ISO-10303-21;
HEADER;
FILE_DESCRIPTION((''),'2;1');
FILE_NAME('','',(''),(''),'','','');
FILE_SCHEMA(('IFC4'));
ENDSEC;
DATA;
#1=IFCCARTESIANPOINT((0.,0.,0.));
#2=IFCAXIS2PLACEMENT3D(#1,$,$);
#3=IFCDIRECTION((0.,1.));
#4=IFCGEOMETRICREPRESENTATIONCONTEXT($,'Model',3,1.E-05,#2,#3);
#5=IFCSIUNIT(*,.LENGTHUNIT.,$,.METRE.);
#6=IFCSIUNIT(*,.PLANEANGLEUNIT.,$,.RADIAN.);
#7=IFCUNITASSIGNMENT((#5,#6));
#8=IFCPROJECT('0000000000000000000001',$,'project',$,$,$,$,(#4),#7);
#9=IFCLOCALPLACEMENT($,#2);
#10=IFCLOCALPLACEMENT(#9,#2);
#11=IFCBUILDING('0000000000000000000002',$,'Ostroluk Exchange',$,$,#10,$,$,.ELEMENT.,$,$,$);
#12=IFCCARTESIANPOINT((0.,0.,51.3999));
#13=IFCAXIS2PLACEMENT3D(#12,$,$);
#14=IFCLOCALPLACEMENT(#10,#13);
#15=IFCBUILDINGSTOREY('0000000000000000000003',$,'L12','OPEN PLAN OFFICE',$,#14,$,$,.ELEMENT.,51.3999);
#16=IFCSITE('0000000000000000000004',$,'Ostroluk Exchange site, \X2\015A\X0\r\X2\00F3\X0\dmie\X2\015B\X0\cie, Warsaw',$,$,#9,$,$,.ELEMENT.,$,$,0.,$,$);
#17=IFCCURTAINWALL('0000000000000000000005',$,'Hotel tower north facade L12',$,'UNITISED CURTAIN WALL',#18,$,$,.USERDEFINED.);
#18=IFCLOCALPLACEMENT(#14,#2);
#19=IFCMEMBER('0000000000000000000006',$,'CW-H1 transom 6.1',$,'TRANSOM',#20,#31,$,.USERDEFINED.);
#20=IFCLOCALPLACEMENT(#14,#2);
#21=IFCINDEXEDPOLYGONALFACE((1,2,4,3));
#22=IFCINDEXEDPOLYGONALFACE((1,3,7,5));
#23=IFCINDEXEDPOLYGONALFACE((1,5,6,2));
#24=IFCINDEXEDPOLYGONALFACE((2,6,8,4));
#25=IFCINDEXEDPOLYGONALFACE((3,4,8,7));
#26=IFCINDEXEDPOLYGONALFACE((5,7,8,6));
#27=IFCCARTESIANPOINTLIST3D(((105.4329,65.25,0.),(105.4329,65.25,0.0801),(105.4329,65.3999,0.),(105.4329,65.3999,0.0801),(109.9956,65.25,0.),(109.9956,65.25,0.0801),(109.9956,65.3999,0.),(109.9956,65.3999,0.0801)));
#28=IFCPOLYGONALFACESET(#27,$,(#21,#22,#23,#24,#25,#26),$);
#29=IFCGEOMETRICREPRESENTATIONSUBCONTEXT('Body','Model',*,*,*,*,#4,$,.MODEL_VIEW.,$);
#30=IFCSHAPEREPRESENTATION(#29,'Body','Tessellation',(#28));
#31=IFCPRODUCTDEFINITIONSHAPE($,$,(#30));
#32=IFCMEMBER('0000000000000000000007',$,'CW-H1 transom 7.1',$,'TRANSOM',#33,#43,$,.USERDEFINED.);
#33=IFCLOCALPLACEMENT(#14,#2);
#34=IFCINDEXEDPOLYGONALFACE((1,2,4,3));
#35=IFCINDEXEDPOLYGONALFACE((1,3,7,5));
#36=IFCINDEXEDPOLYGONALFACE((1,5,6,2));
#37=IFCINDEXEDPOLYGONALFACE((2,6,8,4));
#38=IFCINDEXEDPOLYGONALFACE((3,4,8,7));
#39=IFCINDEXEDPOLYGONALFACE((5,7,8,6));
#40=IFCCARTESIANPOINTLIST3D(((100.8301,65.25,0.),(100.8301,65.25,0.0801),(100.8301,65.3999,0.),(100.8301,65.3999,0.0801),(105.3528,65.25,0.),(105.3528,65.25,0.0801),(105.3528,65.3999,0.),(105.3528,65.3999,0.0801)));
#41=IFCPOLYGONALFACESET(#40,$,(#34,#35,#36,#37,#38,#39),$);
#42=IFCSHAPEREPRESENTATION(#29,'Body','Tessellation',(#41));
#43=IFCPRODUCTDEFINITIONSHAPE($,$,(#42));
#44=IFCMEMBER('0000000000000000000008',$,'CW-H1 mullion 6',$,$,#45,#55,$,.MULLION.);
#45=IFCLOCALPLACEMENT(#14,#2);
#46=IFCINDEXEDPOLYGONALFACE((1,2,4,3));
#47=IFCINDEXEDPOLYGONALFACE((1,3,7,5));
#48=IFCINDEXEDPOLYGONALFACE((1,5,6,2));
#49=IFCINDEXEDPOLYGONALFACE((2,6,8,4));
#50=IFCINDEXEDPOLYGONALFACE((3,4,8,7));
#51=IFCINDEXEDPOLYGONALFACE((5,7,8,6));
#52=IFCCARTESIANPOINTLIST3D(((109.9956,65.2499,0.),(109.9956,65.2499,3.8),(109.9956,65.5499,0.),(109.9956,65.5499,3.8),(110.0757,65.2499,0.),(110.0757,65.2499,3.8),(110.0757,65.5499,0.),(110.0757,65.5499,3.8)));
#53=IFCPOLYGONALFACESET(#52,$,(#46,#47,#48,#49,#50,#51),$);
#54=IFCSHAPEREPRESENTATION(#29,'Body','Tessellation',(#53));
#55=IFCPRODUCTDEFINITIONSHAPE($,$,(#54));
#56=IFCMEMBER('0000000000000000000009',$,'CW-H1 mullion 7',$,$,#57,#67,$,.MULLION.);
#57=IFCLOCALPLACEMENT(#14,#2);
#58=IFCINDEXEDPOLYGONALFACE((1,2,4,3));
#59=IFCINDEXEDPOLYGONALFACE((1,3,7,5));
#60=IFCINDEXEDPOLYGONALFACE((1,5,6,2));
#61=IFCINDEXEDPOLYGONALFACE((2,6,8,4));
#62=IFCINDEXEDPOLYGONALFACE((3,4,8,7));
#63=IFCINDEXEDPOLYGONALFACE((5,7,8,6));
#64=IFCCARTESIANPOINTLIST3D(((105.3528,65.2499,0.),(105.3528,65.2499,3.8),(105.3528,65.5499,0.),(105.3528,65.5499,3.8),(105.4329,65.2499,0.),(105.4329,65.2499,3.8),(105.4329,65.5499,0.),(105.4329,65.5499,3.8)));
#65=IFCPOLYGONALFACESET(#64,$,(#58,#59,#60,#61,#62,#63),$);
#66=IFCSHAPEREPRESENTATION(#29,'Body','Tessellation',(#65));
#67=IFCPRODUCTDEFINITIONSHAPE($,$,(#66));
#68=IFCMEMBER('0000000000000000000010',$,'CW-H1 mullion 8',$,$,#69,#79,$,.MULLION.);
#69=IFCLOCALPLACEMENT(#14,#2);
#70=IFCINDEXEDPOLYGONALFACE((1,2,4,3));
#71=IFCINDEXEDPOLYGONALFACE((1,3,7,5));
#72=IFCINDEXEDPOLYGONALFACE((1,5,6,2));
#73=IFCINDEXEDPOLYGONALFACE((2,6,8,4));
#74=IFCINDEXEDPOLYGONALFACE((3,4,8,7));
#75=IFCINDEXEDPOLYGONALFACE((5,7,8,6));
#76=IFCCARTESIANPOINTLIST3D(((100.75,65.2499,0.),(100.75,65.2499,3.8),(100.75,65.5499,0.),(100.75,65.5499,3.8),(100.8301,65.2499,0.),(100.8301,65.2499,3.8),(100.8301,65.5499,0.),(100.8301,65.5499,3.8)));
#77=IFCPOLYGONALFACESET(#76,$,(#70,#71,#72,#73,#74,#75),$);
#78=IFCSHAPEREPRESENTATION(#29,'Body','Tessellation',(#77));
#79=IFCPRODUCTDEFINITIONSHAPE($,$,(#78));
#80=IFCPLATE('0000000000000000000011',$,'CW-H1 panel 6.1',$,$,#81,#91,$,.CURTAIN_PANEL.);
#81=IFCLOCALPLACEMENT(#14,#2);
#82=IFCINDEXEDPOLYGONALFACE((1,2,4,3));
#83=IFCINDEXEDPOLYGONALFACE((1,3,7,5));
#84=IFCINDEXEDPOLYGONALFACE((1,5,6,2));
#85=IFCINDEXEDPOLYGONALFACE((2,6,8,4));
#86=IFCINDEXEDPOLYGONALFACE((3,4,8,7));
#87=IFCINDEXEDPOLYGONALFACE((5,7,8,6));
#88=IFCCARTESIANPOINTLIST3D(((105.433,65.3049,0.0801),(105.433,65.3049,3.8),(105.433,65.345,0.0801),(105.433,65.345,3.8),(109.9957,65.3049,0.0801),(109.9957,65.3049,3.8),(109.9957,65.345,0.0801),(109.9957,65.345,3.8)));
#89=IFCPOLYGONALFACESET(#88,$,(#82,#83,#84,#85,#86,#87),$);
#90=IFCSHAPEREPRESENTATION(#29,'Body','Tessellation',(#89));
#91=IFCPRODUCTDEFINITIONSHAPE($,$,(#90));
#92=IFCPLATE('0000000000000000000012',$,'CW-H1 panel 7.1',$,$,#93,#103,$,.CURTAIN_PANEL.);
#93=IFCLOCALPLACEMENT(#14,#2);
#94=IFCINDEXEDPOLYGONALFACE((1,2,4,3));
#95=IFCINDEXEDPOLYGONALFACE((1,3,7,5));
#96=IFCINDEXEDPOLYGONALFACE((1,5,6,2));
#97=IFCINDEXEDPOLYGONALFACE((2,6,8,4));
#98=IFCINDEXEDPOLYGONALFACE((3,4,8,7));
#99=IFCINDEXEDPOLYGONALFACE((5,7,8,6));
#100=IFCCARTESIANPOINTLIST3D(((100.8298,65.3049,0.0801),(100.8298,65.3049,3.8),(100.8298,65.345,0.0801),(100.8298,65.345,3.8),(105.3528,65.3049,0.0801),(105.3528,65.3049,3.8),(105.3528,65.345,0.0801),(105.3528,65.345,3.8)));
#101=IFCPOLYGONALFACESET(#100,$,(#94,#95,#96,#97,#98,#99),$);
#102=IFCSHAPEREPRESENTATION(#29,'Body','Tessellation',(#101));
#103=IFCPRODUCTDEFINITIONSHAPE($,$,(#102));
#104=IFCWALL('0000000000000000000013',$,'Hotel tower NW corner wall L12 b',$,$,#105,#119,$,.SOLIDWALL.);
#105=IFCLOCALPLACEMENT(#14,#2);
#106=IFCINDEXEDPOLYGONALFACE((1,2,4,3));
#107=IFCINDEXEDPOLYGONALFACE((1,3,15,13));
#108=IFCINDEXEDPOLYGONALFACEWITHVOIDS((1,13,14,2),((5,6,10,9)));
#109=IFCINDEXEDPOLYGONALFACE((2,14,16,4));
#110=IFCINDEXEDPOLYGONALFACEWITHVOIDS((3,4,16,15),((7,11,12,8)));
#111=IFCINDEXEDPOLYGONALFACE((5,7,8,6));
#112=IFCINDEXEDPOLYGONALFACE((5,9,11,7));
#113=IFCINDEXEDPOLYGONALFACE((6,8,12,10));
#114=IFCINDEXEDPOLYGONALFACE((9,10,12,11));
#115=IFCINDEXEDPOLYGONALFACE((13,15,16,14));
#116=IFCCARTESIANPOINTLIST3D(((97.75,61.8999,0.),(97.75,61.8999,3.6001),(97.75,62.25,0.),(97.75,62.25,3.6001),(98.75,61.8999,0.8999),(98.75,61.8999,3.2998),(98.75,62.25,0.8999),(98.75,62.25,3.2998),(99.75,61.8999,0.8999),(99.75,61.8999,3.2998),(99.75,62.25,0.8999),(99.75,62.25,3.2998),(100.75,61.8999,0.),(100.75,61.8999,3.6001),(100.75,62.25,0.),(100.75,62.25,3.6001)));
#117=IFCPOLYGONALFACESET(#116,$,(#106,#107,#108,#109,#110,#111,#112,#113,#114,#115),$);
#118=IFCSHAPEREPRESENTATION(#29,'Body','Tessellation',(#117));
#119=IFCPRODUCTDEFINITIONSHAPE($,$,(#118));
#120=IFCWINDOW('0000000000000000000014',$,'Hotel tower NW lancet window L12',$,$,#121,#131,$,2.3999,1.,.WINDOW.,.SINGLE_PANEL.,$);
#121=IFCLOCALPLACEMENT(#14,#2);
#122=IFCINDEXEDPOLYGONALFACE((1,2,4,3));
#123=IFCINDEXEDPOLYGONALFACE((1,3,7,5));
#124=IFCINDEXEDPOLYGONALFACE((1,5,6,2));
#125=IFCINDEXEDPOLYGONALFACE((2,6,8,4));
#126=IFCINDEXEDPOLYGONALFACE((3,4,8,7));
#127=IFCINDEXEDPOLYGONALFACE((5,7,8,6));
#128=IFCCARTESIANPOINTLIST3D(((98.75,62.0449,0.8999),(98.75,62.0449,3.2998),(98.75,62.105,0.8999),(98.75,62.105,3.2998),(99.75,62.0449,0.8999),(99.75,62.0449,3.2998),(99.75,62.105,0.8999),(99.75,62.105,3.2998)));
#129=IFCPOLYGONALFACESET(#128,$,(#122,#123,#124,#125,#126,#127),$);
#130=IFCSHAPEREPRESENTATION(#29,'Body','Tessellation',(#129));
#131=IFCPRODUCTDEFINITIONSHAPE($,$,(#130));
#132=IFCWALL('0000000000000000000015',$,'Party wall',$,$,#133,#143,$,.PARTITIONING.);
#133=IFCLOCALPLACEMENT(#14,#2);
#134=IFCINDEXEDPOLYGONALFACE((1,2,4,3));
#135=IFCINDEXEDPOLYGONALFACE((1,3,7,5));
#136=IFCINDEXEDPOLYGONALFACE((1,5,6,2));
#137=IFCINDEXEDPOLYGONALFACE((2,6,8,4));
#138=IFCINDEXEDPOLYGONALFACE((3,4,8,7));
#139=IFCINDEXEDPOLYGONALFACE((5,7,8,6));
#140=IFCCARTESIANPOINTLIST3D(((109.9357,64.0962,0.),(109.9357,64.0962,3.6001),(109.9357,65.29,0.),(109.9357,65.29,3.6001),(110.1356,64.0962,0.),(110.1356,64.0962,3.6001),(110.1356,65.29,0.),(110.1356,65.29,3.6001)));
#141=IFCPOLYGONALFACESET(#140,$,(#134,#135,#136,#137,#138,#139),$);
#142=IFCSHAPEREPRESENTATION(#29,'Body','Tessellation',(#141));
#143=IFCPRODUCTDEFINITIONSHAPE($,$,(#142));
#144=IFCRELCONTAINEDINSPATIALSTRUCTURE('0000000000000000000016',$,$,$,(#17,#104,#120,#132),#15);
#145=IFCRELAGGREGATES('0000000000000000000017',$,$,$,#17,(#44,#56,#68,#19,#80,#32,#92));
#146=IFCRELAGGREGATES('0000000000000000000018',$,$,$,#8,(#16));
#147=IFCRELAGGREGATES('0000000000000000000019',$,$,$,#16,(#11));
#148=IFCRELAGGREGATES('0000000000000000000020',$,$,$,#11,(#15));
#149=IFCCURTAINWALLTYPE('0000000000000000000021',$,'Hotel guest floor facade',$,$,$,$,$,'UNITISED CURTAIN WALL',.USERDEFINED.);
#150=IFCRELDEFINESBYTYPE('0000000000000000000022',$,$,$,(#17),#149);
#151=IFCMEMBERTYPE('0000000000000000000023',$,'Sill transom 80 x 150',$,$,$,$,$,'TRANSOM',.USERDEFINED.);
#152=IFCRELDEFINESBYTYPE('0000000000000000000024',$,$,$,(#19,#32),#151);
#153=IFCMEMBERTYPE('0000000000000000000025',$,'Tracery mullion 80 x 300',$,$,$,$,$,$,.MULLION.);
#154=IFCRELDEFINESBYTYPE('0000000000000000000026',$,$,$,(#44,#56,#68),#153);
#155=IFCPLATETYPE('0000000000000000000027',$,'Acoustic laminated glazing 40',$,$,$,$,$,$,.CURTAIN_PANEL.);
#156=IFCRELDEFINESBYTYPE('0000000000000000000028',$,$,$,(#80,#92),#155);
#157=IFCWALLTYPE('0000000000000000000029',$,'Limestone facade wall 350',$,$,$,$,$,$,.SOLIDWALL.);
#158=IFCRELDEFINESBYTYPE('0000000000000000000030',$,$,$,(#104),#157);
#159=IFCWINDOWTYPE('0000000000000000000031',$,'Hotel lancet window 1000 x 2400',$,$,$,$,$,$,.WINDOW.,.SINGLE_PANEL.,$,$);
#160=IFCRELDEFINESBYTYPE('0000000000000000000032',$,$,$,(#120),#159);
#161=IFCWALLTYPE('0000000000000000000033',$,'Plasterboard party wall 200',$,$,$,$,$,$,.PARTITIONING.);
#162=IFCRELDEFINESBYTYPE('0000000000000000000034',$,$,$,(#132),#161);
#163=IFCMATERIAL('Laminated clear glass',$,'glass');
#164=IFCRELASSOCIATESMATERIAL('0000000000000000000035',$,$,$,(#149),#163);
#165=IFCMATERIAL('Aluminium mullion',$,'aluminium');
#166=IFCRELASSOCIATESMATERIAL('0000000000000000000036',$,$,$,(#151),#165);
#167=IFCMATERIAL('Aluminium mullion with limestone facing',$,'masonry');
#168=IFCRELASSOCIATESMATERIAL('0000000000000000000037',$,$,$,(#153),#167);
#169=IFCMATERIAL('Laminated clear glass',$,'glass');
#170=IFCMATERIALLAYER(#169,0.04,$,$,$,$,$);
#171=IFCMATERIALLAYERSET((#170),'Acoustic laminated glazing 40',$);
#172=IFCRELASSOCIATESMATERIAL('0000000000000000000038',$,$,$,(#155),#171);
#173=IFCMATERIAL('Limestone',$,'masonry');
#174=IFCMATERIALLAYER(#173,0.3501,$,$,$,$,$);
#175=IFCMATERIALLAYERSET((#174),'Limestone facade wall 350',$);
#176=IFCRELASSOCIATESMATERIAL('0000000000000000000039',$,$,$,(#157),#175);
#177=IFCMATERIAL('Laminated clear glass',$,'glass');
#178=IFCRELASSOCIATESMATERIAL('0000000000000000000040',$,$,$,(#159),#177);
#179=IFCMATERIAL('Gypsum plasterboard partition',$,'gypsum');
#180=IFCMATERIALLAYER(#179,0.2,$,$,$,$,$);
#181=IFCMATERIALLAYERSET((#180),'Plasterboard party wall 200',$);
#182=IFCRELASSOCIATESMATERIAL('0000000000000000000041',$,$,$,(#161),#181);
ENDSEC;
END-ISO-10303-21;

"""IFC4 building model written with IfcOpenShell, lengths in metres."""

from ifc_helpers import new_model, si_unit, direction, frame, frame_2d, origin, origin_2d, place, context, subcontext, project, spatial, rectangle, extrude, material, layer, layer_set, material_profile, profile_set, type_object, element, fill, aggregate, save


model = new_model("IFC4")

# Units and contexts
model_context = context("Model", 3, precision=1e-05, world=origin(), true_north=direction((0.0, 1.0)))
body_context = subcontext(model_context, "Body", "Model", "MODEL_VIEW")
ifc_project = project(units=[si_unit("LENGTHUNIT", "METRE"), si_unit("PLANEANGLEUNIT", "RADIAN")], contexts=[model_context])

# Site, building, storey
site_placement = place(None, origin())
site = spatial("IfcSite", under=ifc_project, at=site_placement, Name="Ostroluk Exchange site, Śródmieście, Warsaw", CompositionType="ELEMENT", RefElevation=0.0)
building_placement = place(site_placement, origin())
building = spatial("IfcBuilding", under=site, at=building_placement, Name="Ostroluk Exchange", CompositionType="ELEMENT")
storey_placement = place(building_placement, frame((0.0, 0.0, 51.3999)))
storey = spatial("IfcBuildingStorey", under=building, at=storey_placement, Name="L12", Description="OPEN PLAN OFFICE", CompositionType="ELEMENT", Elevation=51.3999)

# Curtain wall, members, plates
ifc_material_1 = material(Name="Laminated clear glass", Category="glass")
curtain_wall_type = type_object("IfcCurtainWallType", Name="Hotel guest floor facade", ElementType="UNITISED CURTAIN WALL", PredefinedType="USERDEFINED", material=ifc_material_1)
curtain_wall_placement = place(storey_placement, origin())
curtain_wall = element("IfcCurtainWall", 1, at=curtain_wall_placement, inside=storey, type_object=curtain_wall_type, Name="Hotel tower north facade L12", ObjectType="UNITISED CURTAIN WALL", PredefinedType="USERDEFINED")
ifc_material_2 = material(Name="Aluminium mullion", Category="aluminium")
ifc_material_profile_1 = material_profile(ifc_material_2, rectangle(XDim=0.1499, YDim=0.0801, at=origin_2d()), Name="Sill transom 80 x 150")
ifc_profile_set_1 = profile_set([ifc_material_profile_1], Name="Aluminium mullion")
member_type_1 = type_object("IfcMemberType", Name="Sill transom 80 x 150", ElementType="TRANSOM", PredefinedType="USERDEFINED", material=ifc_profile_set_1)
member_1_placement = place(storey_placement, frame((109.9956, 65.325, 0.04), z_axis=(-1.0, 0.0, 0.0), x_axis=(0.0, -1.0, 0.0)))
member_1 = element("IfcMember", 2, at=member_1_placement, type_object=member_type_1, Name="CW-H1 transom 6.1", ObjectType="TRANSOM", PredefinedType="USERDEFINED", context=body_context, shape_type="SweptSolid", body=[
    extrude(rectangle(XDim=0.1499, YDim=0.0801, at=origin_2d()), origin(), (0.0, 0.0, 1.0), 4.5627),
])
member_2_placement = place(storey_placement, frame((105.3528, 65.325, 0.04), z_axis=(-1.0, 0.0, 0.0), x_axis=(0.0, -1.0, 0.0)))
member_2 = element("IfcMember", 3, at=member_2_placement, type_object=member_type_1, Name="CW-H1 transom 7.1", ObjectType="TRANSOM", PredefinedType="USERDEFINED", context=body_context, shape_type="SweptSolid", body=[
    extrude(rectangle(XDim=0.1499, YDim=0.0801, at=origin_2d()), origin(), (0.0, 0.0, 1.0), 4.5227),
])
ifc_material_3 = material(Name="Aluminium mullion with limestone facing", Category="masonry")
ifc_material_profile_2 = material_profile(ifc_material_3, rectangle(XDim=0.3, YDim=0.0801, at=origin_2d()), Name="Tracery mullion 80 x 300")
ifc_profile_set_2 = profile_set([ifc_material_profile_2], Name="Aluminium mullion with limestone facing")
member_type_2 = type_object("IfcMemberType", Name="Tracery mullion 80 x 300", PredefinedType="MULLION", material=ifc_profile_set_2)
member_3_placement = place(storey_placement, frame((110.0356, 65.3999, 0.0), z_axis=(0.0, 0.0, 1.0), x_axis=(0.0, -1.0, 0.0)))
member_3 = element("IfcMember", 4, at=member_3_placement, type_object=member_type_2, Name="CW-H1 mullion 6", PredefinedType="MULLION", context=body_context, shape_type="SweptSolid", body=[
    extrude(rectangle(XDim=0.3, YDim=0.0801, at=origin_2d()), origin(), (0.0, 0.0, 1.0), 3.8),
])
member_4_placement = place(storey_placement, frame((105.3928, 65.3999, 0.0), z_axis=(0.0, 0.0, 1.0), x_axis=(0.0, -1.0, 0.0)))
member_4 = element("IfcMember", 5, at=member_4_placement, type_object=member_type_2, Name="CW-H1 mullion 7", PredefinedType="MULLION", context=body_context, shape_type="SweptSolid", body=[
    extrude(rectangle(XDim=0.3, YDim=0.0801, at=origin_2d()), origin(), (0.0, 0.0, 1.0), 3.8),
])
member_5_placement = place(storey_placement, frame((100.79, 65.3999, 0.0), z_axis=(0.0, 0.0, 1.0), x_axis=(0.0, -1.0, 0.0)))
member_5 = element("IfcMember", 6, at=member_5_placement, type_object=member_type_2, Name="CW-H1 mullion 8", PredefinedType="MULLION", context=body_context, shape_type="SweptSolid", body=[
    extrude(rectangle(XDim=0.3, YDim=0.0801, at=origin_2d()), origin(), (0.0, 0.0, 1.0), 3.8),
])
ifc_material_4 = material(Name="Laminated clear glass", Category="glass")
ifc_layer_1 = layer(ifc_material_4, 0.04)
ifc_layer_set_1 = layer_set([ifc_layer_1], Name="Acoustic laminated glazing 40")
plate_type = type_object("IfcPlateType", Name="Acoustic laminated glazing 40", PredefinedType="CURTAIN_PANEL", material=ifc_layer_set_1)
plate_1_placement = place(storey_placement, frame((107.7144, 65.325, 0.0801), z_axis=(0.0, 0.0, 1.0), x_axis=(-1.0, 0.0, 0.0)))
plate_1 = element("IfcPlate", 7, at=plate_1_placement, type_object=plate_type, Name="CW-H1 panel 6.1", PredefinedType="CURTAIN_PANEL", context=body_context, shape_type="SweptSolid", body=[
    extrude(rectangle(XDim=4.5627, YDim=0.04, at=origin_2d()), origin(), (0.0, 0.0, 1.0), 3.72),
])
plate_2_placement = place(storey_placement, frame((103.0913, 65.325, 0.0801), z_axis=(0.0, 0.0, 1.0), x_axis=(-1.0, 0.0, 0.0)))
plate_2 = element("IfcPlate", 8, at=plate_2_placement, type_object=plate_type, Name="CW-H1 panel 7.1", PredefinedType="CURTAIN_PANEL", context=body_context, shape_type="SweptSolid", body=[
    extrude(rectangle(XDim=4.5229, YDim=0.04, at=origin_2d()), origin(), (0.0, 0.0, 1.0), 3.72),
])
aggregate(curtain_wall, [member_3, member_4, member_5, member_1, plate_1, member_2, plate_2])

# Shared definitions
ifc_material_5 = material(Name="Limestone", Category="masonry")
ifc_layer_2 = layer(ifc_material_5, 0.3501)
ifc_layer_set_2 = layer_set([ifc_layer_2], Name="Limestone facade wall 350")
wall_type_1 = type_object("IfcWallType", Name="Limestone facade wall 350", PredefinedType="SOLIDWALL", material=ifc_layer_set_2)

# Wall, opening, window
wall_1_placement = place(storey_placement, frame((100.75, 62.075, 0.0), z_axis=(0.0, 0.0, 1.0), x_axis=(-1.0, 0.0, 0.0)))
wall_1 = element("IfcWall", 9, at=wall_1_placement, inside=storey, type_object=wall_type_1, Name="Hotel tower NW corner wall L12 b", PredefinedType="SOLIDWALL", context=body_context, shape_type="SweptSolid", body=[
    extrude(rectangle(XDim=3.0, YDim=0.3501, at=frame_2d((1.5, 0.0))), origin(), (0.0, 0.0, 1.0), 3.6001),
])
opening_1_placement = place(wall_1_placement, frame((1.0, 0.0, 0.8999)))
opening_1 = element("IfcOpeningElement", 10, at=opening_1_placement, cuts=wall_1, PredefinedType="OPENING", context=body_context, shape_type="SweptSolid", body=[
    extrude(rectangle(XDim=1.0, YDim=2.3999, at=frame_2d((0.5, 1.2))), frame((0.0, 0.1851, 0.0), z_axis=(0.0, -1.0, 0.0), x_axis=(1.0, 0.0, 0.0)), (0.0, 0.0, 1.0), 0.3701),
])
ifc_material_6 = material(Name="Laminated clear glass", Category="glass")
window_type = type_object("IfcWindowType", Name="Hotel lancet window 1000 x 2400", PartitioningType="SINGLE_PANEL", PredefinedType="WINDOW", material=ifc_material_6)
window_placement = place(opening_1_placement, origin())
window = element("IfcWindow", 11, at=window_placement, inside=storey, type_object=window_type, Name="Hotel tower NW lancet window L12", OverallHeight=2.3999, OverallWidth=1.0, PartitioningType="SINGLE_PANEL", PredefinedType="WINDOW", context=body_context, shape_type="SweptSolid", body=[
    extrude(rectangle(XDim=1.0, YDim=2.3999, at=frame_2d((0.5, 1.2))), frame((0.0, 0.03, 0.0), z_axis=(0.0, -1.0, 0.0), x_axis=(1.0, 0.0, 0.0)), (0.0, 0.0, 1.0), 0.0601),
])
fill(opening_1, window)

# Wall
ifc_material_7 = material(Name="Gypsum plasterboard partition", Category="gypsum")
ifc_layer_3 = layer(ifc_material_7, 0.2)
ifc_layer_set_3 = layer_set([ifc_layer_3], Name="Plasterboard party wall 200")
wall_type_2 = type_object("IfcWallType", Name="Plasterboard party wall 200", PredefinedType="PARTITIONING", material=ifc_layer_set_3)
wall_2_placement = place(storey_placement, frame((110.0356, 64.0962, 0.0), z_axis=(0.0, 0.0, 1.0), x_axis=(0.0, 1.0, 0.0)))
element("IfcWall", 12, at=wall_2_placement, inside=storey, type_object=wall_type_2, Name="Party wall", PredefinedType="PARTITIONING", context=body_context, shape_type="SweptSolid", body=[
    extrude(rectangle(XDim=1.1938, YDim=0.2, at=frame_2d((0.5969, 0.0))), origin(), (0.0, 0.0, 1.0), 3.6001),
])

save(model, "model.ifc")
